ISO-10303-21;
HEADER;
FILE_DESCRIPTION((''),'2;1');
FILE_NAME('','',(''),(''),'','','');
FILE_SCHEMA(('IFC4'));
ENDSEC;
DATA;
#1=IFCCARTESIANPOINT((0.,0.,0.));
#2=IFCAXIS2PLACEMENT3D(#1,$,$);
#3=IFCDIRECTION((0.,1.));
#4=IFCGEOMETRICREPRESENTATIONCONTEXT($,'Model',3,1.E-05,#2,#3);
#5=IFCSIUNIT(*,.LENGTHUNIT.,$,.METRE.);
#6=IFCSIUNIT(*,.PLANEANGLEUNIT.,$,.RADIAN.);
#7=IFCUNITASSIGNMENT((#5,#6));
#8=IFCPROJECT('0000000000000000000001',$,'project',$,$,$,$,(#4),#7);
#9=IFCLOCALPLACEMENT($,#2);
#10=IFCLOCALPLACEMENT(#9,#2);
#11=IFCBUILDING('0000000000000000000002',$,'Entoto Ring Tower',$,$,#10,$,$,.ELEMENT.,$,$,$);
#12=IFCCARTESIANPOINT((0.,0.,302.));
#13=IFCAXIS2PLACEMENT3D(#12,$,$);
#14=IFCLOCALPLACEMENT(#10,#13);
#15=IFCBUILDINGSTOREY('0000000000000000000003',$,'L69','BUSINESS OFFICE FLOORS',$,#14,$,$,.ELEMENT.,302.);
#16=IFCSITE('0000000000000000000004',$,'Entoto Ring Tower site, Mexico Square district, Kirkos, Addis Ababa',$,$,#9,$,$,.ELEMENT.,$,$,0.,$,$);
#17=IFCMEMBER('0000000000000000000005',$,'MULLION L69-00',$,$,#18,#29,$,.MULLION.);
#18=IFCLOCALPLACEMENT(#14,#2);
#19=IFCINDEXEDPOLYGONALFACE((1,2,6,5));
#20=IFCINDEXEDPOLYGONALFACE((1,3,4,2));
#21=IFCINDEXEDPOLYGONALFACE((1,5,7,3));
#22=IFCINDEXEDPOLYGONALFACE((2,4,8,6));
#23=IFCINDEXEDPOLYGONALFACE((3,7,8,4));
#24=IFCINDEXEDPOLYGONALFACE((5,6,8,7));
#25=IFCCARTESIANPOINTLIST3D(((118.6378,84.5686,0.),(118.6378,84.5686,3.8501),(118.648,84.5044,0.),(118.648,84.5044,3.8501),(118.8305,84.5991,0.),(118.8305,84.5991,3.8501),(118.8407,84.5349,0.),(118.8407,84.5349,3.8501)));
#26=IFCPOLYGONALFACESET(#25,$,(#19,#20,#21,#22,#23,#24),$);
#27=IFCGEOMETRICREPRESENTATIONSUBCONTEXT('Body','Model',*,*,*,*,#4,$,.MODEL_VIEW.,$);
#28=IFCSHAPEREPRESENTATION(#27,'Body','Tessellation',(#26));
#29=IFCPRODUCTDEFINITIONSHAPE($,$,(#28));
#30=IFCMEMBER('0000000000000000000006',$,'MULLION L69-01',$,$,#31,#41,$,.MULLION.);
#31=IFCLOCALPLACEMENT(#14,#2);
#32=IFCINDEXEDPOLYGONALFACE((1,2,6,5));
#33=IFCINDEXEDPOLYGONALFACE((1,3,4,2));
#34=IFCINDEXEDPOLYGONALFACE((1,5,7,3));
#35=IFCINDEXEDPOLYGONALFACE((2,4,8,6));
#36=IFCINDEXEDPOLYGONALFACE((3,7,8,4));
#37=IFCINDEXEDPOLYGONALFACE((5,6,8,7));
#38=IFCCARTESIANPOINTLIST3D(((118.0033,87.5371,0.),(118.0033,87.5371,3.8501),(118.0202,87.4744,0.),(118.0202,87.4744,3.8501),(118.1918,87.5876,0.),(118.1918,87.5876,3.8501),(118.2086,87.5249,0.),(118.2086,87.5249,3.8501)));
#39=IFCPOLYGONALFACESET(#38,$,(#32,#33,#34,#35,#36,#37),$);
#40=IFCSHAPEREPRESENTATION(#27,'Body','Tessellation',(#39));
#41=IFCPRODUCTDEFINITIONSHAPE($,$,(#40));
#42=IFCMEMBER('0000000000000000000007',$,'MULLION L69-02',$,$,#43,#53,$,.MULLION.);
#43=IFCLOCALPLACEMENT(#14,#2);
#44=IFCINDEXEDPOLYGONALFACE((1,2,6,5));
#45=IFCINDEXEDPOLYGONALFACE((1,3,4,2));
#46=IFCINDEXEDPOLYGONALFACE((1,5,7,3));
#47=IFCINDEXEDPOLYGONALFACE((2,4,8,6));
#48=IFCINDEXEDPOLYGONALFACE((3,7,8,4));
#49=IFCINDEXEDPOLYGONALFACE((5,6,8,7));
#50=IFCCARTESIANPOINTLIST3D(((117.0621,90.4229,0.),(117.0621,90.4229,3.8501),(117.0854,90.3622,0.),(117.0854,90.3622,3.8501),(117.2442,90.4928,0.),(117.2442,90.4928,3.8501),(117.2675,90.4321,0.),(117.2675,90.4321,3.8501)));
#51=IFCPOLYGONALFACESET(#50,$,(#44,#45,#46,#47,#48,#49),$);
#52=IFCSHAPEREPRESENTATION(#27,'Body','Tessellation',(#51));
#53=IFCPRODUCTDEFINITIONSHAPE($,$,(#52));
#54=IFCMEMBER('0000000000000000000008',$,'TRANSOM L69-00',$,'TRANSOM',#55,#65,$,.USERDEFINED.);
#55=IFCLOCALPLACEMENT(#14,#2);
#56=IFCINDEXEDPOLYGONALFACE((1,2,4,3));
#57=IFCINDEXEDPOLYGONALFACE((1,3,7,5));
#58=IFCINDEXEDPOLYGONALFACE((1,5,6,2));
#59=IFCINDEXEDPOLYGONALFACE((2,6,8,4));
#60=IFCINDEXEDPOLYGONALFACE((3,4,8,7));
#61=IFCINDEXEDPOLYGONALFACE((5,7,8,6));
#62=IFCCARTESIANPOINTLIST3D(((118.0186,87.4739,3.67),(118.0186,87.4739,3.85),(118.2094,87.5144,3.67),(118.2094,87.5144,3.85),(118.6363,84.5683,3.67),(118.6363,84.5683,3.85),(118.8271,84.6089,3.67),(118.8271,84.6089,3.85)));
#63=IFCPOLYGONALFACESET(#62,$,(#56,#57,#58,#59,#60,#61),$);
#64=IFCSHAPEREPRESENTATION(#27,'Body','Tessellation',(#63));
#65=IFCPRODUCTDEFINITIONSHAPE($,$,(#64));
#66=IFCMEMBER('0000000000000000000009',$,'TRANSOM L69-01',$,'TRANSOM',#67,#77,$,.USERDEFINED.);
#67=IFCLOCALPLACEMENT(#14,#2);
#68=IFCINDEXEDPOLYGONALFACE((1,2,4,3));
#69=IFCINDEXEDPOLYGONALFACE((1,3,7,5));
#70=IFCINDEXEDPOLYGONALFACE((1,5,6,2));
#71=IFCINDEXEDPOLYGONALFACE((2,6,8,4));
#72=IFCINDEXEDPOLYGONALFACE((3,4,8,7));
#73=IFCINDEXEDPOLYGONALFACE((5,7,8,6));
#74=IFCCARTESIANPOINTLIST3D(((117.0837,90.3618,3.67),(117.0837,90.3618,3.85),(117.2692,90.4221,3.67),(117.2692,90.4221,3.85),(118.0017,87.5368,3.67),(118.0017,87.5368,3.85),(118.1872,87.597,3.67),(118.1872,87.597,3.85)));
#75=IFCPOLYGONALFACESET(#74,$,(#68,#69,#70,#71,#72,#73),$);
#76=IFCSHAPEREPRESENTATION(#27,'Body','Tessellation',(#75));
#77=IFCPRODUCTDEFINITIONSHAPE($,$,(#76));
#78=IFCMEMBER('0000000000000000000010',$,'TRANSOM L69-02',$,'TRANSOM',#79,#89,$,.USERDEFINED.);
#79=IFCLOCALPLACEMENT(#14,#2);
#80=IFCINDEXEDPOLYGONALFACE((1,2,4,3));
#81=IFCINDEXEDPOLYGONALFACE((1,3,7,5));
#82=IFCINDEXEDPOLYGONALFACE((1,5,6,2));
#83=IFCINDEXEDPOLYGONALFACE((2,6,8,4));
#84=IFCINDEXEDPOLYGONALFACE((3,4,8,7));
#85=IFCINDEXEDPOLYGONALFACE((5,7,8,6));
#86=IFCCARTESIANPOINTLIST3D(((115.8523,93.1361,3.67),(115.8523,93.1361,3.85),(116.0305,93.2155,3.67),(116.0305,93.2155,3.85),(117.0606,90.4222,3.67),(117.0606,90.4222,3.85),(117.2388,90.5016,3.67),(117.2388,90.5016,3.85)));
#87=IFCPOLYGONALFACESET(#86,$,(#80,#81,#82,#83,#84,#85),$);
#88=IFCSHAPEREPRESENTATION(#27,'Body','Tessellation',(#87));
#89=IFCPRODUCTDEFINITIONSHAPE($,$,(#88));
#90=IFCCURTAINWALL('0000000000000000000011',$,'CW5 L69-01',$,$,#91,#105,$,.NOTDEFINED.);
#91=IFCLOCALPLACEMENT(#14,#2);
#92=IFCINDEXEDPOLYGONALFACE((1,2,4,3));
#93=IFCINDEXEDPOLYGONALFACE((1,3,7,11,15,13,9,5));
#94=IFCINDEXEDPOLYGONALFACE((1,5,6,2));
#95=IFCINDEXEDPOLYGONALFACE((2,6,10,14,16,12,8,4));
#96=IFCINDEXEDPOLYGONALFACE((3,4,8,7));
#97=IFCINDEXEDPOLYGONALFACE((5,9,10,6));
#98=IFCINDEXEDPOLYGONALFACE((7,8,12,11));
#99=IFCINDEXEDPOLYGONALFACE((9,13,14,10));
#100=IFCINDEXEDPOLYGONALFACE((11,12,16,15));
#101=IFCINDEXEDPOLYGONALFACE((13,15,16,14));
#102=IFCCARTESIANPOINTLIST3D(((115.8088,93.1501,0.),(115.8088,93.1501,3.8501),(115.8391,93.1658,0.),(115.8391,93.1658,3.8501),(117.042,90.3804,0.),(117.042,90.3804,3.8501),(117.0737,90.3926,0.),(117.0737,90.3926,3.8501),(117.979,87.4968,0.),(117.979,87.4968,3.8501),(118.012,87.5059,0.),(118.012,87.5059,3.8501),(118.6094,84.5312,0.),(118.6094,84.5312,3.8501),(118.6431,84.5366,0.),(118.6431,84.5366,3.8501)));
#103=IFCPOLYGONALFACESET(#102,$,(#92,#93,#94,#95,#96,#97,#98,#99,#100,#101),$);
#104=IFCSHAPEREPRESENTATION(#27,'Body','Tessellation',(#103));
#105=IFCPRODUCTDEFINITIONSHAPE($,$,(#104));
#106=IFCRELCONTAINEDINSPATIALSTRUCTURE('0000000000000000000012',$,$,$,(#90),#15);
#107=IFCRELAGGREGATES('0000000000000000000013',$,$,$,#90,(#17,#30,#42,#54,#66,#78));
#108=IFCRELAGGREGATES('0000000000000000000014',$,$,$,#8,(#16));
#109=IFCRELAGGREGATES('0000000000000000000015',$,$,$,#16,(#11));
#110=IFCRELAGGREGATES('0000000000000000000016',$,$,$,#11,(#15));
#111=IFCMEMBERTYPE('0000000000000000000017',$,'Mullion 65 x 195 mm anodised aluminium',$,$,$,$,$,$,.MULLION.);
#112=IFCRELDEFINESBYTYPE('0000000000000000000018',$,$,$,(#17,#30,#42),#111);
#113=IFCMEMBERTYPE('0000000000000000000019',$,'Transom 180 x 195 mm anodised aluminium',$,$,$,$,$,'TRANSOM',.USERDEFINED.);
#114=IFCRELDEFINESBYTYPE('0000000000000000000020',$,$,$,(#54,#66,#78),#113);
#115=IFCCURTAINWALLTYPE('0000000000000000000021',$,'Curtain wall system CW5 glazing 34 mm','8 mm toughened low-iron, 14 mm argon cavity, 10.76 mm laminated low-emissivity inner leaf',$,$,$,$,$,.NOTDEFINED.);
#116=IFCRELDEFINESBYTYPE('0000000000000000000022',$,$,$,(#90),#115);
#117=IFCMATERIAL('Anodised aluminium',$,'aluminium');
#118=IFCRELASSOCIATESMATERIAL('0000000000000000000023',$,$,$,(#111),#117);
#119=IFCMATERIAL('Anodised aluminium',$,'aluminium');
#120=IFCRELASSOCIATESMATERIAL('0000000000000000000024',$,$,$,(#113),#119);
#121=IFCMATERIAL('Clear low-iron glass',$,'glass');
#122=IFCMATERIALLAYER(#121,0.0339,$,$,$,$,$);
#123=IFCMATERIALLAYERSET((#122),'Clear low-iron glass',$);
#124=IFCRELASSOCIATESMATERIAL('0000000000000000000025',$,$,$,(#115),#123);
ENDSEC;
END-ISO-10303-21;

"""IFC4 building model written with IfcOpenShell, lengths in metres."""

from ifc_helpers import new_model, si_unit, direction, frame, origin, origin_2d, place, context, subcontext, project, spatial, polyline, rectangle, outline, extrude, material, layer, layer_set, material_profile, profile_set, type_object, element, aggregate, save


model = new_model("IFC4")

# Units and contexts
model_context = context("Model", 3, precision=1e-05, world=origin(), true_north=direction((0.0, 1.0)))
body_context = subcontext(model_context, "Body", "Model", "MODEL_VIEW")
ifc_project = project(units=[si_unit("LENGTHUNIT", "METRE"), si_unit("PLANEANGLEUNIT", "RADIAN")], contexts=[model_context])

# Members
ifc_material_1 = material(Name="Anodised aluminium", Category="aluminium")
ifc_material_profile_1 = material_profile(ifc_material_1, rectangle(XDim=0.0649, YDim=0.1951, at=origin_2d()), Name="Mullion 65 x 195 mm anodised aluminium")
ifc_profile_set_1 = profile_set([ifc_material_profile_1], Name="Anodised aluminium")
member_type_1 = type_object("IfcMemberType", Name="Mullion 65 x 195 mm anodised aluminium", PredefinedType="MULLION", material=ifc_profile_set_1)
site_placement = place(None, origin())
building_placement = place(site_placement, origin())
storey_placement = place(building_placement, frame((0.0, 0.0, 302.0)))
member_1_placement = place(storey_placement, frame((118.7393, 84.5518, 0.0), z_axis=(0.0, 0.0, 1.0), x_axis=(-0.156434, 0.987688, 0.0)))
member_1 = element("IfcMember", 1, at=member_1_placement, type_object=member_type_1, Name="MULLION L69-00", PredefinedType="MULLION", context=body_context, shape_type="SweptSolid", body=[
    extrude(rectangle(XDim=0.0649, YDim=0.1951, at=origin_2d()), origin(), (0.0, 0.0, 1.0), 3.8501),
])
member_2_placement = place(storey_placement, frame((118.106, 87.531, 0.0), z_axis=(0.0, 0.0, 1.0), x_axis=(-0.258819, 0.965926, 0.0)))
member_2 = element("IfcMember", 2, at=member_2_placement, type_object=member_type_1, Name="MULLION L69-01", PredefinedType="MULLION", context=body_context, shape_type="SweptSolid", body=[
    extrude(rectangle(XDim=0.0649, YDim=0.1951, at=origin_2d()), origin(), (0.0, 0.0, 1.0), 3.8501),
])
member_3_placement = place(storey_placement, frame((117.1648, 90.4275, 0.0), z_axis=(0.0, 0.0, 1.0), x_axis=(-0.358368, 0.93358, 0.0)))
member_3 = element("IfcMember", 3, at=member_3_placement, type_object=member_type_1, Name="MULLION L69-02", PredefinedType="MULLION", context=body_context, shape_type="SweptSolid", body=[
    extrude(rectangle(XDim=0.0649, YDim=0.1951, at=origin_2d()), origin(), (0.0, 0.0, 1.0), 3.8501),
])
ifc_material_2 = material(Name="Anodised aluminium", Category="aluminium")
ifc_material_profile_2 = material_profile(ifc_material_2, rectangle(XDim=0.1951, YDim=0.1799, at=origin_2d()), Name="Transom 180 x 195 mm anodised aluminium")
ifc_profile_set_2 = profile_set([ifc_material_profile_2], Name="Anodised aluminium")
member_type_2 = type_object("IfcMemberType", Name="Transom 180 x 195 mm anodised aluminium", ElementType="TRANSOM", PredefinedType="USERDEFINED", material=ifc_profile_set_2)
member_4_placement = place(storey_placement, frame((118.7317, 84.5886, 3.76), z_axis=(-0.20794, 0.978142, 0.0), x_axis=(-0.978142, -0.20794, 0.0)))
member_4 = element("IfcMember", 4, at=member_4_placement, type_object=member_type_2, Name="TRANSOM L69-00", ObjectType="TRANSOM", PredefinedType="USERDEFINED", context=body_context, shape_type="SweptSolid", body=[
    extrude(rectangle(XDim=0.1951, YDim=0.1799, at=origin_2d()), origin(), (0.0, 0.0, 1.0), 2.9705),
])
member_5_placement = place(storey_placement, frame((118.0945, 87.5669, 3.76), z_axis=(-0.309043, 0.951048, 0.0), x_axis=(-0.951048, -0.309043, 0.0)))
member_5 = element("IfcMember", 5, at=member_5_placement, type_object=member_type_2, Name="TRANSOM L69-01", ObjectType="TRANSOM", PredefinedType="USERDEFINED", context=body_context, shape_type="SweptSolid", body=[
    extrude(rectangle(XDim=0.1951, YDim=0.1799, at=origin_2d()), origin(), (0.0, 0.0, 1.0), 2.9705),
])
member_6_placement = place(storey_placement, frame((117.1497, 90.4619, 3.76), z_axis=(-0.406726, 0.91355, 0.0), x_axis=(-0.91355, -0.406726, 0.0)))
member_6 = element("IfcMember", 6, at=member_6_placement, type_object=member_type_2, Name="TRANSOM L69-02", ObjectType="TRANSOM", PredefinedType="USERDEFINED", context=body_context, shape_type="SweptSolid", body=[
    extrude(rectangle(XDim=0.1951, YDim=0.1799, at=origin_2d()), origin(), (0.0, 0.0, 1.0), 2.9707),
])

# Site, building, storey
site = spatial("IfcSite", under=ifc_project, at=site_placement, Name="Entoto Ring Tower site, Mexico Square district, Kirkos, Addis Ababa", CompositionType="ELEMENT", RefElevation=0.0)
building = spatial("IfcBuilding", under=site, at=building_placement, Name="Entoto Ring Tower", CompositionType="ELEMENT")
storey = spatial("IfcBuildingStorey", under=building, at=storey_placement, Name="L69", Description="BUSINESS OFFICE FLOORS", CompositionType="ELEMENT", Elevation=302.0)

# Curtain wall
ifc_material_3 = material(Name="Clear low-iron glass", Category="glass")
ifc_layer_1 = layer(ifc_material_3, 0.0339)
ifc_layer_set_1 = layer_set([ifc_layer_1], Name="Clear low-iron glass")
curtain_wall_type = type_object("IfcCurtainWallType", Name="Curtain wall system CW5 glazing 34 mm", Description="8 mm toughened low-iron, 14 mm argon cavity, 10.76 mm laminated low-emissivity inner leaf", PredefinedType="NOTDEFINED", material=ifc_layer_set_1)
curtain_wall_1_placement = place(storey_placement, origin())
curtain_wall_1 = element("IfcCurtainWall", 7, at=curtain_wall_1_placement, inside=storey, type_object=curtain_wall_type, Name="CW5 L69-01", PredefinedType="NOTDEFINED", context=body_context, shape_type="SweptSolid", body=[
    extrude(outline(polyline([(118.6431, 84.5366), (118.012, 87.5059), (117.0737, 90.3926), (115.8391, 93.1658), (115.8088, 93.1501), (117.042, 90.3804), (117.979, 87.4968), (118.6094, 84.5312), (118.6431, 84.5366)])), origin(), (0.0, 0.0, 1.0), 3.8501),
])
aggregate(curtain_wall_1, [member_1, member_2, member_3, member_4, member_5, member_6])

save(model, "model.ifc")
